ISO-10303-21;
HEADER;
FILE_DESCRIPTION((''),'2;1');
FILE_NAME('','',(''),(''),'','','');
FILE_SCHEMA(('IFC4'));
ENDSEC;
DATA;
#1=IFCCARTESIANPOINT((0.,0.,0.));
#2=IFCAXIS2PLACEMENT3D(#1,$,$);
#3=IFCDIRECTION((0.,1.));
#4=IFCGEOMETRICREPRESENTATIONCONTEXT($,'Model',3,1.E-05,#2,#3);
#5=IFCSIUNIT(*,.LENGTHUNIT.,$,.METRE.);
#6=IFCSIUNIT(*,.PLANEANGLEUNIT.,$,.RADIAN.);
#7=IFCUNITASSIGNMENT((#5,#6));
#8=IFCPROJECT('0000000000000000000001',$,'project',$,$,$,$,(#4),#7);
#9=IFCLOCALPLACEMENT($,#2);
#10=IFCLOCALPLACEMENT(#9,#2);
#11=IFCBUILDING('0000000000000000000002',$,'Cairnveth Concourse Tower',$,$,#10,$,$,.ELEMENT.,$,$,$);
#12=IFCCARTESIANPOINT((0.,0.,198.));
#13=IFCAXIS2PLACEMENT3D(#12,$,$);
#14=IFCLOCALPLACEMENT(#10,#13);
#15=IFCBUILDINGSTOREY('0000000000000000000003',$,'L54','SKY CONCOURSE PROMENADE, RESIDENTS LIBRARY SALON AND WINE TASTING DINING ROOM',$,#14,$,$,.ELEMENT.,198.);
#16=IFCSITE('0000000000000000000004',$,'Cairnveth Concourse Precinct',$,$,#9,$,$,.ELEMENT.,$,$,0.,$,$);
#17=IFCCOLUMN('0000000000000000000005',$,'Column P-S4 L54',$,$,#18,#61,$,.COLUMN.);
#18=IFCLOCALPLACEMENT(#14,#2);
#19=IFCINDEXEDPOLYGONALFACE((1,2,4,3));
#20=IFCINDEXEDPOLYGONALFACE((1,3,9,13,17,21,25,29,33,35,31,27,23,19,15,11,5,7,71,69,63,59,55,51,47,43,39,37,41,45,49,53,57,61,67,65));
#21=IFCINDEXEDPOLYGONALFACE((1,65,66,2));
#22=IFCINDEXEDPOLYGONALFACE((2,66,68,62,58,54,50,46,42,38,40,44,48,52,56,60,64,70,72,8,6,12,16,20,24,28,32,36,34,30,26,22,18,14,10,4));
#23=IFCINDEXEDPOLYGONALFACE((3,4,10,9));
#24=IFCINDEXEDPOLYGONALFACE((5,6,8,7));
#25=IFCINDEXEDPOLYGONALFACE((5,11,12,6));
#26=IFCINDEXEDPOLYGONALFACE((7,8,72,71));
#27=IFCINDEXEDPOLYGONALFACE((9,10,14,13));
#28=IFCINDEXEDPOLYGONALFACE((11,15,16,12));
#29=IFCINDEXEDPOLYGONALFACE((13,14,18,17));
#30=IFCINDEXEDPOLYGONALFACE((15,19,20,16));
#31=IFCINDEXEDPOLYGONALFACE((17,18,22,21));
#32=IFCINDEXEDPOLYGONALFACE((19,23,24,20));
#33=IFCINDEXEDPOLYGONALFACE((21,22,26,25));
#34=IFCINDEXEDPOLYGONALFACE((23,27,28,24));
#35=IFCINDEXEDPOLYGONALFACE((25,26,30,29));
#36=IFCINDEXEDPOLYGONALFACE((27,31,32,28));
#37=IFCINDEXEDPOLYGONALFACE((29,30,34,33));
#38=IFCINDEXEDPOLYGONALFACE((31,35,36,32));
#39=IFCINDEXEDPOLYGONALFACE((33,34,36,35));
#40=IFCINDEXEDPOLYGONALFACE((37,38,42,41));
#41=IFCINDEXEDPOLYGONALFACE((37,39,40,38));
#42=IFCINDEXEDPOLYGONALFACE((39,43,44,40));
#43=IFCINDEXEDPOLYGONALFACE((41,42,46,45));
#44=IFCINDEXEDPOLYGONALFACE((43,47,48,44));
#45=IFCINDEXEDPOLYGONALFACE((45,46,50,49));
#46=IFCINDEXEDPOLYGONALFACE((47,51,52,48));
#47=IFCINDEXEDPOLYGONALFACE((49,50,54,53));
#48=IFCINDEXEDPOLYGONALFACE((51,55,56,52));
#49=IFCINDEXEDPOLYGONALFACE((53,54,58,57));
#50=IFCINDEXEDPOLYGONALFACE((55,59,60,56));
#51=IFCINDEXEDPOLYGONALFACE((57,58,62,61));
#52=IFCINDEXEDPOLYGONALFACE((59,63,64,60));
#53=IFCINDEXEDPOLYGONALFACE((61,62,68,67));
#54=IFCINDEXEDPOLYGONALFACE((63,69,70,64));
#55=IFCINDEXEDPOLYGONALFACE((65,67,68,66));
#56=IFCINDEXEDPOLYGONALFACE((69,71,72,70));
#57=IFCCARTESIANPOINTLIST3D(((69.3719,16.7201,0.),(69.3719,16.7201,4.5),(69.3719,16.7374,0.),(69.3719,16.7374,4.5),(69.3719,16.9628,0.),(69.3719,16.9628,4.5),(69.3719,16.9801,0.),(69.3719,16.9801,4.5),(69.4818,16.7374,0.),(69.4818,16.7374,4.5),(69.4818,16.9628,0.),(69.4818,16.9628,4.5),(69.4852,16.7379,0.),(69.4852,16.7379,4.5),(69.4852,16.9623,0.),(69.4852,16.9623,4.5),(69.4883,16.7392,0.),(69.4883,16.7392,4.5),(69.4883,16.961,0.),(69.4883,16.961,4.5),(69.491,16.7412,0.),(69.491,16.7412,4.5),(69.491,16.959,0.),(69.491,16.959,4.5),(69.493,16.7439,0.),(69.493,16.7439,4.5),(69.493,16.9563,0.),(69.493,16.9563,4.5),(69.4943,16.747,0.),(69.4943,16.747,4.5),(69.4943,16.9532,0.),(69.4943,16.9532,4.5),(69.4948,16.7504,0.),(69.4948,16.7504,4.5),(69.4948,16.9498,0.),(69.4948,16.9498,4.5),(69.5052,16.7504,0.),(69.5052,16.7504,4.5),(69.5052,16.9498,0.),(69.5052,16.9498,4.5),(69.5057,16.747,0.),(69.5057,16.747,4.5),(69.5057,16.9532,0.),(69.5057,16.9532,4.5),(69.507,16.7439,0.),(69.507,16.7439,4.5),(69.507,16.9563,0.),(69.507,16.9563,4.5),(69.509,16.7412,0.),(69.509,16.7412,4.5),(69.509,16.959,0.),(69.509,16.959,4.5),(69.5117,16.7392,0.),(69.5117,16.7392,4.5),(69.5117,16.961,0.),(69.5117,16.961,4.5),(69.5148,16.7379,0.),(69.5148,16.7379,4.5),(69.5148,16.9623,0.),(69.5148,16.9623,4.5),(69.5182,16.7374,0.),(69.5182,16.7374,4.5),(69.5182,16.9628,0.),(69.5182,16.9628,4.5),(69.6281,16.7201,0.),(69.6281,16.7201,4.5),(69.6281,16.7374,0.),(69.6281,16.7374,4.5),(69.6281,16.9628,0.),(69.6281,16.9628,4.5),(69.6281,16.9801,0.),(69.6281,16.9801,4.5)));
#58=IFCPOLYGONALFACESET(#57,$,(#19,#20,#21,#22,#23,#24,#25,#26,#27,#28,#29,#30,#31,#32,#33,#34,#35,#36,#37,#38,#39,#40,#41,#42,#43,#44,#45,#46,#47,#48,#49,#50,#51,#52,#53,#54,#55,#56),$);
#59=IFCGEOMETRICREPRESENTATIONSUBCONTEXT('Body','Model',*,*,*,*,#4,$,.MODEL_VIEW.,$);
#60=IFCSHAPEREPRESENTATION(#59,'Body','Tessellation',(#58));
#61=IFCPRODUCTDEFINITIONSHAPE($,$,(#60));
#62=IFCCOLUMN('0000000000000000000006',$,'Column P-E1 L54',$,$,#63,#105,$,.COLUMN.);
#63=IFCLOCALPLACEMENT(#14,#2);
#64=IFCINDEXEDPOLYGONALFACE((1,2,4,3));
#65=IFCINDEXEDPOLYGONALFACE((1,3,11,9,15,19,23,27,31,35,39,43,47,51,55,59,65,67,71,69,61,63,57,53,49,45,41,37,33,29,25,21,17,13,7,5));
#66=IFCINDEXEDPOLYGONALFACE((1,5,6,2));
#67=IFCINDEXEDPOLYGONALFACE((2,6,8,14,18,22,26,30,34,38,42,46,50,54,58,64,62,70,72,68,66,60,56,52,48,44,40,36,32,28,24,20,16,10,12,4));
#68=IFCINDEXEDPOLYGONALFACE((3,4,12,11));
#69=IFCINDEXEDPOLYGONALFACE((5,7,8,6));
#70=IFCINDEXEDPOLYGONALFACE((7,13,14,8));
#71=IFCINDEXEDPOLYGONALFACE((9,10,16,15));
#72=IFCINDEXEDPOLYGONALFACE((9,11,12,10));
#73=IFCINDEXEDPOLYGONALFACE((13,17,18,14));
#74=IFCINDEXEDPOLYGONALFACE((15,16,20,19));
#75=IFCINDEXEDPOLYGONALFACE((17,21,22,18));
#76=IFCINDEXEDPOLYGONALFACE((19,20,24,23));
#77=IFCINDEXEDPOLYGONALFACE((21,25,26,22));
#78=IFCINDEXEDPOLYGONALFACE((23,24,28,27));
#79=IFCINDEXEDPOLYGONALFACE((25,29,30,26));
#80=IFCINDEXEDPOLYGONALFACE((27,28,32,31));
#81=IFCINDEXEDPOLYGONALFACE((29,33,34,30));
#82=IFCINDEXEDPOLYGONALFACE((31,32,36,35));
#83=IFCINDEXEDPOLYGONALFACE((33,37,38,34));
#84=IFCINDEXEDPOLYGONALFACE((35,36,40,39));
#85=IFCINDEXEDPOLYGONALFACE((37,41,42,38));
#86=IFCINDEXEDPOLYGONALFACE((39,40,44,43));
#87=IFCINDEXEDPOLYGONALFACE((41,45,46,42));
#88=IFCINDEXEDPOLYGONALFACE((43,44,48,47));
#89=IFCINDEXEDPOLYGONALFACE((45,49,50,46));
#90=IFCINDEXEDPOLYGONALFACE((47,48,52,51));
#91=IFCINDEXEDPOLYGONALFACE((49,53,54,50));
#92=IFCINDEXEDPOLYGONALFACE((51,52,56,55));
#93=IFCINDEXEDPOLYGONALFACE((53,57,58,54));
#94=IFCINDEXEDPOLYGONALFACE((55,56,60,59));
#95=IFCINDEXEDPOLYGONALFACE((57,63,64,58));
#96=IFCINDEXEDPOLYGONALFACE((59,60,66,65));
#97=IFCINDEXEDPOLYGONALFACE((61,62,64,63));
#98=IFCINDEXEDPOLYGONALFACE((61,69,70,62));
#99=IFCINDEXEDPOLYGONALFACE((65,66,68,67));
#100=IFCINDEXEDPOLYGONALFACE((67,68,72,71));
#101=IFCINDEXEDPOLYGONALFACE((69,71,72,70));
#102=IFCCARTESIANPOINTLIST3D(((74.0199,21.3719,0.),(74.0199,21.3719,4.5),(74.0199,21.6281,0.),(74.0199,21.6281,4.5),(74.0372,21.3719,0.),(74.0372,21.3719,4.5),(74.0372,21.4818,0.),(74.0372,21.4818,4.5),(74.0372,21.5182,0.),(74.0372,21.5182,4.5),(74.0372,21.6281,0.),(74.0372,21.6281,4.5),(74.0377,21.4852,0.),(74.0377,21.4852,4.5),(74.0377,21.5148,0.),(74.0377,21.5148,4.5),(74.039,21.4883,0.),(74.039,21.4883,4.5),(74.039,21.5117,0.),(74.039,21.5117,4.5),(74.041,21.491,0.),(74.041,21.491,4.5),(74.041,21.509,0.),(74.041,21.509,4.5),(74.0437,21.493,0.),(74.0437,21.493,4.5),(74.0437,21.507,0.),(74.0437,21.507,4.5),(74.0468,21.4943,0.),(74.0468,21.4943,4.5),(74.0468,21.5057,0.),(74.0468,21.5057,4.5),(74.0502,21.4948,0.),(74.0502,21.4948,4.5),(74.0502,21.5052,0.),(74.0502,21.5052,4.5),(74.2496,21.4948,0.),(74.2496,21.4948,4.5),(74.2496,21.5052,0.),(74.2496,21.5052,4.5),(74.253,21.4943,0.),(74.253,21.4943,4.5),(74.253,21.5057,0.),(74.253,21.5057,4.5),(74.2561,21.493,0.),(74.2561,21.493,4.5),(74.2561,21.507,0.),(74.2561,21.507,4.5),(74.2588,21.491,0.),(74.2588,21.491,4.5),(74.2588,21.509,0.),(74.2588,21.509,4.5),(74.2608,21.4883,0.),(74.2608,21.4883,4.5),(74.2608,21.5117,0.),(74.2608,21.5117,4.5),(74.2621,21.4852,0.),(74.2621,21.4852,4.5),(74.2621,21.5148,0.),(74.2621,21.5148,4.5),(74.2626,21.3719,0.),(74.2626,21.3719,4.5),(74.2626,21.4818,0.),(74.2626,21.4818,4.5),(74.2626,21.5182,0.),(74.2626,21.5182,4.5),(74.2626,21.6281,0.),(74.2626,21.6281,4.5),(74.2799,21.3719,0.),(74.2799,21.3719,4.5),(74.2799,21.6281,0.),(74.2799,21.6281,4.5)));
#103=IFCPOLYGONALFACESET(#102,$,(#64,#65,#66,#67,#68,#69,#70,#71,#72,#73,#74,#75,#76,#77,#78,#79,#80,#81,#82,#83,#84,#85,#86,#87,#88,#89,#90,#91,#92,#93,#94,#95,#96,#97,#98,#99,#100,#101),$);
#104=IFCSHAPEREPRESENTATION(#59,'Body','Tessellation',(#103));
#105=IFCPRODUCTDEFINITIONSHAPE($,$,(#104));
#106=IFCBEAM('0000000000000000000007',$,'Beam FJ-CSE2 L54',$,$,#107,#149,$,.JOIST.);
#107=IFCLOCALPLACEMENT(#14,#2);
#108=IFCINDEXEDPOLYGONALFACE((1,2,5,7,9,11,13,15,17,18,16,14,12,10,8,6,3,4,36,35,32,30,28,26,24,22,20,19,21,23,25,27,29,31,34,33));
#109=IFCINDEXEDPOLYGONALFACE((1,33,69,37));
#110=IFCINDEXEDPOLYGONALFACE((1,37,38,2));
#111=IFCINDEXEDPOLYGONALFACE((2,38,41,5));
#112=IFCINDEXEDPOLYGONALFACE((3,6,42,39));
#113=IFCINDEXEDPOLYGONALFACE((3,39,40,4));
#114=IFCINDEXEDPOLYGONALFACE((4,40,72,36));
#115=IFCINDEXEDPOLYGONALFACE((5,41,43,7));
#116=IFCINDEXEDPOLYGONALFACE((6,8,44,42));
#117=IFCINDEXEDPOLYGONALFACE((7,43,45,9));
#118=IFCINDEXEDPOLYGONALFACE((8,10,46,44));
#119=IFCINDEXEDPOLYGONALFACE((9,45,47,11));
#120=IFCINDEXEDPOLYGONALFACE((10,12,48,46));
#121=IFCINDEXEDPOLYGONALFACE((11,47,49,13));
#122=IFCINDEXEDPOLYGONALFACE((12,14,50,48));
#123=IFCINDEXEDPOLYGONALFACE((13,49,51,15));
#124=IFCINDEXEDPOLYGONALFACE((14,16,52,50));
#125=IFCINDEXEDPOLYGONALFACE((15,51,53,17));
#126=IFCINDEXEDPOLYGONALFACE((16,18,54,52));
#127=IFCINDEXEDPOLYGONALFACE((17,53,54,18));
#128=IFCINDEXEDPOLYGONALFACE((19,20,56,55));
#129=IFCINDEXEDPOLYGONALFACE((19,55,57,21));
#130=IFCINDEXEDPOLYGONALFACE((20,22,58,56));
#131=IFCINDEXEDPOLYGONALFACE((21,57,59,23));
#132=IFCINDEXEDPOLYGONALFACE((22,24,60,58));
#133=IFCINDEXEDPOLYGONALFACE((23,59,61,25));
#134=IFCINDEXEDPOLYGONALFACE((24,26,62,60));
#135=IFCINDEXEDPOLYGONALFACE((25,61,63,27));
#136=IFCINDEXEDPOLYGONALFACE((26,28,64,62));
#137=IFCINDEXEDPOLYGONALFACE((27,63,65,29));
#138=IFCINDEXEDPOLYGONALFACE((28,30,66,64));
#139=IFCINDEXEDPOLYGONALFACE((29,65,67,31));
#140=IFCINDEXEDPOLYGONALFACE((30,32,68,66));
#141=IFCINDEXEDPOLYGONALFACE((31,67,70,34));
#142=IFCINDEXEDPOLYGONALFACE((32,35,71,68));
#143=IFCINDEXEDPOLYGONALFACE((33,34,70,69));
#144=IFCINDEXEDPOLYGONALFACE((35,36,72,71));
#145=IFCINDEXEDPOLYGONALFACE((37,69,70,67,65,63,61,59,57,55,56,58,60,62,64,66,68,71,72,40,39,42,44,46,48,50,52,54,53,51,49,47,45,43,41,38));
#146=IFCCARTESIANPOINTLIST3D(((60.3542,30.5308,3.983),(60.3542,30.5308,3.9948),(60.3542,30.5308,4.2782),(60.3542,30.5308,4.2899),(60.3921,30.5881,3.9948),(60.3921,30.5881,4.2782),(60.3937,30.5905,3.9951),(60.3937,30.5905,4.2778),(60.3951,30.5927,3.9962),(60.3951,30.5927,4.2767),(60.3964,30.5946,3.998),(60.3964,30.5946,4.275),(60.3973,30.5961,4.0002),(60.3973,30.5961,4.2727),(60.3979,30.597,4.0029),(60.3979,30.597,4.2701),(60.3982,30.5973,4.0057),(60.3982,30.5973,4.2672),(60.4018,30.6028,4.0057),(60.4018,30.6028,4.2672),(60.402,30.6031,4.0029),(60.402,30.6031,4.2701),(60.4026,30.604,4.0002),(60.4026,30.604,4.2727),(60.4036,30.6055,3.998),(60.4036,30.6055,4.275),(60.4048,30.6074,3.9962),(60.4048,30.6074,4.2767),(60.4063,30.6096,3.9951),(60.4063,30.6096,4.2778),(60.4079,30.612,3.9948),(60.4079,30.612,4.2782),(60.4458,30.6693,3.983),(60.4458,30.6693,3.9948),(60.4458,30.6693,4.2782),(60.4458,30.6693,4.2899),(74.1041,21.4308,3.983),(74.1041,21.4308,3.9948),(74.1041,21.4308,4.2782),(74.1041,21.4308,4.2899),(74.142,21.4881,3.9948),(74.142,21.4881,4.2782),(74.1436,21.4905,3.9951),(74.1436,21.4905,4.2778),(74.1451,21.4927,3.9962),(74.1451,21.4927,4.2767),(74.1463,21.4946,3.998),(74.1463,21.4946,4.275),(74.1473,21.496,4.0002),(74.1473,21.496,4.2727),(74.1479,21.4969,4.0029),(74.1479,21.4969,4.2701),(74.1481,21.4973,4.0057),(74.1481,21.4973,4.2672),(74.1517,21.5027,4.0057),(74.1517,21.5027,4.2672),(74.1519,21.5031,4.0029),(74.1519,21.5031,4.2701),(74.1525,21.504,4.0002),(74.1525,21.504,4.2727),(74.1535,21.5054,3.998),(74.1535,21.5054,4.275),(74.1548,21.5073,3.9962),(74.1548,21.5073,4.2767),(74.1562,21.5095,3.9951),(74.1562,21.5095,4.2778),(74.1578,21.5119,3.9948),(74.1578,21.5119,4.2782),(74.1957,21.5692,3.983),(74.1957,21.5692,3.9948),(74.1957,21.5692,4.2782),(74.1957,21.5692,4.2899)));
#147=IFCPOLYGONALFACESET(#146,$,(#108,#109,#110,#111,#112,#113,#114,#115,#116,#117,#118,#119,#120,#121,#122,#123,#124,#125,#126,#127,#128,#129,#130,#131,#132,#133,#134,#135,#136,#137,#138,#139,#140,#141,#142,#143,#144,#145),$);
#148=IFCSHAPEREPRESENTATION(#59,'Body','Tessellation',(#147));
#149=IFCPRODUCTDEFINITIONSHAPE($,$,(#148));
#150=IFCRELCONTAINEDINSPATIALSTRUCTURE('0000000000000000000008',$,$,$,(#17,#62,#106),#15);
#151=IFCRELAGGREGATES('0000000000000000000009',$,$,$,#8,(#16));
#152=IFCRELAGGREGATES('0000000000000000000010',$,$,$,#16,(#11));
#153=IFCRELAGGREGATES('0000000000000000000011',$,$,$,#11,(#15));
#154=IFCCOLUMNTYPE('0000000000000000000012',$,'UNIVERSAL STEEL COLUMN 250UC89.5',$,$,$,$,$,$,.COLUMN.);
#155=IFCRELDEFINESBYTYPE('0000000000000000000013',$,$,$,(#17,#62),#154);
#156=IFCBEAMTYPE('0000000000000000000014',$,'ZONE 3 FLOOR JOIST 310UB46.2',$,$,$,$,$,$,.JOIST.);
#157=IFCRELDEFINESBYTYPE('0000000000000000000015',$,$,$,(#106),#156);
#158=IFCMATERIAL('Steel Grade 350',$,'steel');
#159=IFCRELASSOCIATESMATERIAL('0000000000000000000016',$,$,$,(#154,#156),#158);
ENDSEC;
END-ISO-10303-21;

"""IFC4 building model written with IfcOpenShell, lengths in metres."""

from ifc_helpers import new_model, si_unit, direction, frame, origin, origin_2d, place, context, subcontext, project, spatial, i_section, extrude, material, material_profile, profile_set, type_object, element, save


model = new_model("IFC4")

# Units and contexts
model_context = context("Model", 3, precision=1e-05, world=origin(), true_north=direction((0.0, 1.0)))
body_context = subcontext(model_context, "Body", "Model", "MODEL_VIEW")
ifc_project = project(units=[si_unit("LENGTHUNIT", "METRE"), si_unit("PLANEANGLEUNIT", "RADIAN")], contexts=[model_context])

# Site, building, storey
site_placement = place(None, origin())
site = spatial("IfcSite", under=ifc_project, at=site_placement, Name="Cairnveth Concourse Precinct", CompositionType="ELEMENT", RefElevation=0.0)
building_placement = place(site_placement, origin())
building = spatial("IfcBuilding", under=site, at=building_placement, Name="Cairnveth Concourse Tower", CompositionType="ELEMENT")
storey_placement = place(building_placement, frame((0.0, 0.0, 198.0)))
storey = spatial("IfcBuildingStorey", under=building, at=storey_placement, Name="L54", Description="SKY CONCOURSE PROMENADE, RESIDENTS LIBRARY SALON AND WINE TASTING DINING ROOM", CompositionType="ELEMENT", Elevation=198.0)

# Columns
ifc_material_1 = material(Name="Steel Grade 350", Category="steel")
ifc_material_profile_1 = material_profile(ifc_material_1, i_section(OverallWidth=0.2561, OverallDepth=0.26, WebThickness=0.0105, FlangeThickness=0.0173, FilletRadius=0.0129, at=origin_2d()), Name="250UC89.5")
ifc_profile_set_1 = profile_set([ifc_material_profile_1], Name="Steel Grade 350")
column_type = type_object("IfcColumnType", Name="UNIVERSAL STEEL COLUMN 250UC89.5", PredefinedType="COLUMN", material=ifc_profile_set_1)
for number, where, z_axis, x_axis, name in (
    (1, (69.5, 16.8501, 0.0), (0.0, 0.0, 1.0), (1.0, 0.0, 0.0), "Column P-S4 L54"),
    (2, (74.1499, 21.5, 0.0), (0.0, 0.0, 1.0), (0.0, 1.0, 0.0), "Column P-E1 L54"),
):
    element("IfcColumn", number, at=place(storey_placement, frame(where, z_axis=z_axis, x_axis=x_axis)), inside=storey, type_object=column_type, Name=name, PredefinedType="COLUMN", context=body_context, shape_type="SweptSolid", body=[
        extrude(i_section(OverallWidth=0.2561, OverallDepth=0.26, WebThickness=0.0105, FlangeThickness=0.0173, FilletRadius=0.0129, at=origin_2d()), origin(), (0.0, 0.0, 1.0), 4.5),
    ])

# Beam
ifc_material_profile_2 = material_profile(ifc_material_1, i_section(OverallWidth=0.166, OverallDepth=0.3069, WebThickness=0.0066, FlangeThickness=0.0117, FilletRadius=0.011, at=origin_2d()), Name="310UB46.2")
ifc_profile_set_2 = profile_set([ifc_material_profile_2], Name="Steel Grade 350")
beam_type_1 = type_object("IfcBeamType", Name="ZONE 3 FLOOR JOIST 310UB46.2", PredefinedType="JOIST", material=ifc_profile_set_2)
beam_1_placement = place(storey_placement, frame((74.1499, 21.5, 4.1365), z_axis=(-0.833909, 0.551902, 0.0), x_axis=(-0.551902, -0.833909, 0.0)))
element("IfcBeam", 3, at=beam_1_placement, inside=storey, type_object=beam_type_1, Name="Beam FJ-CSE2 L54", PredefinedType="JOIST", context=body_context, shape_type="SweptSolid", body=[
    extrude(i_section(OverallWidth=0.166, OverallDepth=0.3069, WebThickness=0.0066, FlangeThickness=0.0117, FilletRadius=0.011, at=origin_2d()), origin(), (0.0, 0.0, 1.0), 16.4885),
])

save(model, "model.ifc")
